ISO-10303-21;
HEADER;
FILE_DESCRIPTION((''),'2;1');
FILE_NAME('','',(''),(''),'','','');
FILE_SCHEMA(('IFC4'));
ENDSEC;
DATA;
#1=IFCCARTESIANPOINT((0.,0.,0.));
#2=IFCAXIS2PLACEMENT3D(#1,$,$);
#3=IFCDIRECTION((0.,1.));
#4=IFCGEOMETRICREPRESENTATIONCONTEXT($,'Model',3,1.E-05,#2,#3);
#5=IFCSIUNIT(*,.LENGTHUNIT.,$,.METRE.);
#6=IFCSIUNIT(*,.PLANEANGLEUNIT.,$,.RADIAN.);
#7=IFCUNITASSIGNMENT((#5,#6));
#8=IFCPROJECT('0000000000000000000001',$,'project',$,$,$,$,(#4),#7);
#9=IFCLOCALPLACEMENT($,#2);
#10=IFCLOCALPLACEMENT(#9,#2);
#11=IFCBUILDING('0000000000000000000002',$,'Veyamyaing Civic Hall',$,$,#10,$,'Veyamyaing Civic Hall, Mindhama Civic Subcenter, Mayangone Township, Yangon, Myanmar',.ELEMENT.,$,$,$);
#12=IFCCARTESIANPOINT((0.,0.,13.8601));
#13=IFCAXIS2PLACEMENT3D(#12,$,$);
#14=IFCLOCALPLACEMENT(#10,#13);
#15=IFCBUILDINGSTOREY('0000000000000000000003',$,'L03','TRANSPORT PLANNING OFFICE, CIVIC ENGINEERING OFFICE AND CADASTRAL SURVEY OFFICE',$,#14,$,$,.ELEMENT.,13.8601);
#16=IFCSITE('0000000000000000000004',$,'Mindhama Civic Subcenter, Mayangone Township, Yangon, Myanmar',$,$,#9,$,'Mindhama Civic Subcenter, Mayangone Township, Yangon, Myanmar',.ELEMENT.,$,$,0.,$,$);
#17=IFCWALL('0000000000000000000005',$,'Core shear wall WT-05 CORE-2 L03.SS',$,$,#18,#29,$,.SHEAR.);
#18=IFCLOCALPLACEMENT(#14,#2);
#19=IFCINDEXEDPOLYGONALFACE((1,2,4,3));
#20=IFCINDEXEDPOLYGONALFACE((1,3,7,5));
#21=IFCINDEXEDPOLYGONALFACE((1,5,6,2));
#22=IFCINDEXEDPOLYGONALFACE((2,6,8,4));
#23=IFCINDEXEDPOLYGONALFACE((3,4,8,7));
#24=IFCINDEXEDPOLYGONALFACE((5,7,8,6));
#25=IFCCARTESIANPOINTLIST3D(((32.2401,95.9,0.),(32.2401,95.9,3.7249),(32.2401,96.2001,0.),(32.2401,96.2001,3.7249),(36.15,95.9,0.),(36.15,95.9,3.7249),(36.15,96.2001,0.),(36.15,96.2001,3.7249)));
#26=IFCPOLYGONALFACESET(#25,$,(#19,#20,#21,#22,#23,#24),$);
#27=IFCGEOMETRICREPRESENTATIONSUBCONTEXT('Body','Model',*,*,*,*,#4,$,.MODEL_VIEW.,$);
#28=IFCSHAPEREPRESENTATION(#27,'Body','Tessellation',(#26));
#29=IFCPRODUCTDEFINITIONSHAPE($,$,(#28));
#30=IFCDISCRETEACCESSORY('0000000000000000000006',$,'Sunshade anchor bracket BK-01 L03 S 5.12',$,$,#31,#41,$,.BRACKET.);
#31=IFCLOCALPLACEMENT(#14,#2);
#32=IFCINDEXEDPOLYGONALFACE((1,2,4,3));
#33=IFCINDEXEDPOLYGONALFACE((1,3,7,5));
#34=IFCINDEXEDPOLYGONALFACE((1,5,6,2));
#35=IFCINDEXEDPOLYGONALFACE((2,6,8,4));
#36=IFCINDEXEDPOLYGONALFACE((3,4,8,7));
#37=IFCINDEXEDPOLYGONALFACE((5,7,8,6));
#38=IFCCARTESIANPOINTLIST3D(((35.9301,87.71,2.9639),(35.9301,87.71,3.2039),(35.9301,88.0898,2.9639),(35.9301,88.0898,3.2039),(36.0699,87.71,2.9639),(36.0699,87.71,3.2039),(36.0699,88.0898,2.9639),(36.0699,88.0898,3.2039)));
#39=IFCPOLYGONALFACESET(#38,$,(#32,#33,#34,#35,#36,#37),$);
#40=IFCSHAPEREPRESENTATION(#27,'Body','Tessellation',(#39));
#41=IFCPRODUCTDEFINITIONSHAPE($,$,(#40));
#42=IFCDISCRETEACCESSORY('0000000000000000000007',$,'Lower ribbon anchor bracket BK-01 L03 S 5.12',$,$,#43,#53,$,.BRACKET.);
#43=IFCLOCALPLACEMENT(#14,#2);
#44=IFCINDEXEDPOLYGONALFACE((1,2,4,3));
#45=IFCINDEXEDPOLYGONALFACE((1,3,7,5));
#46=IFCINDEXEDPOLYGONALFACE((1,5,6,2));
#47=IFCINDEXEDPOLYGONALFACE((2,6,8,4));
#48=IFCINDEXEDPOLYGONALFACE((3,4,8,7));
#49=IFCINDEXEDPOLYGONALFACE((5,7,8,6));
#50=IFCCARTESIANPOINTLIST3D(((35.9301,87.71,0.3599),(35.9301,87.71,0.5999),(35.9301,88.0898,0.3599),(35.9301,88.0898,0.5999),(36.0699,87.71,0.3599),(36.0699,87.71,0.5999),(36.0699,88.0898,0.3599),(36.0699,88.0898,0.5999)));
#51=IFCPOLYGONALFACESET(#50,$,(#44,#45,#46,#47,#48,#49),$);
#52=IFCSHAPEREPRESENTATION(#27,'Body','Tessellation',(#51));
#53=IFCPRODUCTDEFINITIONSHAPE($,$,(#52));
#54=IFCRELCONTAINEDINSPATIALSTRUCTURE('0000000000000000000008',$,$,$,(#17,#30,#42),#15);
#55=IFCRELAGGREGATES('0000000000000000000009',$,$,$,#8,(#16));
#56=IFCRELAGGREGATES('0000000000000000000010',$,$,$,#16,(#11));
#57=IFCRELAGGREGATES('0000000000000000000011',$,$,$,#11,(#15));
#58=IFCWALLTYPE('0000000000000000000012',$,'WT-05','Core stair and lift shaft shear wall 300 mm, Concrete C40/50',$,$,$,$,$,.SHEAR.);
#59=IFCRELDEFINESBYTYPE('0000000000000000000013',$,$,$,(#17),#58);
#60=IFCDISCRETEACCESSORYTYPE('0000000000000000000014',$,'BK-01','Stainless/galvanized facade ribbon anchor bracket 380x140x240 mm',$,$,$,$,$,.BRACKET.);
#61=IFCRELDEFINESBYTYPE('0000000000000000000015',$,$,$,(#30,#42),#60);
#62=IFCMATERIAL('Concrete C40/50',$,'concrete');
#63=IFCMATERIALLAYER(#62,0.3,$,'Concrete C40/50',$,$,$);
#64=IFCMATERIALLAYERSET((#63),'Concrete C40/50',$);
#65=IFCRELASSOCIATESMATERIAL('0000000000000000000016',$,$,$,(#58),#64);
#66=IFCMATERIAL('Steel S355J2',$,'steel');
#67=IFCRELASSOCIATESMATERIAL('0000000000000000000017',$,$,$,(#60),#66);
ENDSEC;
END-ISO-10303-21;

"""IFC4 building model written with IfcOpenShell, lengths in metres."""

from ifc_helpers import new_model, si_unit, direction, frame, frame_2d, origin, origin_2d, place, context, subcontext, project, spatial, rectangle, extrude, material, layer, layer_set, type_object, element, save


model = new_model("IFC4")

# Units and contexts
model_context = context("Model", 3, precision=1e-05, world=origin(), true_north=direction((0.0, 1.0)))
body_context = subcontext(model_context, "Body", "Model", "MODEL_VIEW")
ifc_project = project(units=[si_unit("LENGTHUNIT", "METRE"), si_unit("PLANEANGLEUNIT", "RADIAN")], contexts=[model_context])

# Site, building, storey
site_placement = place(None, origin())
site = spatial("IfcSite", under=ifc_project, at=site_placement, Name="Mindhama Civic Subcenter, Mayangone Township, Yangon, Myanmar", LongName="Mindhama Civic Subcenter, Mayangone Township, Yangon, Myanmar", CompositionType="ELEMENT", RefElevation=0.0)
building_placement = place(site_placement, origin())
building = spatial("IfcBuilding", under=site, at=building_placement, Name="Veyamyaing Civic Hall", LongName="Veyamyaing Civic Hall, Mindhama Civic Subcenter, Mayangone Township, Yangon, Myanmar", CompositionType="ELEMENT")
storey_placement = place(building_placement, frame((0.0, 0.0, 13.8601)))
storey = spatial("IfcBuildingStorey", under=building, at=storey_placement, Name="L03", Description="TRANSPORT PLANNING OFFICE, CIVIC ENGINEERING OFFICE AND CADASTRAL SURVEY OFFICE", CompositionType="ELEMENT", Elevation=13.8601)

# Wall
ifc_material_1 = material(Name="Concrete C40/50", Category="concrete")
ifc_layer_1 = layer(ifc_material_1, 0.3, Name="Concrete C40/50")
ifc_layer_set_1 = layer_set([ifc_layer_1], Name="Concrete C40/50")
wall_type_1 = type_object("IfcWallType", Name="WT-05", Description="Core stair and lift shaft shear wall 300 mm, Concrete C40/50", PredefinedType="SHEAR", material=ifc_layer_set_1)
wall_1_placement = place(storey_placement, frame((32.24, 96.05, 0.0), z_axis=(0.0, 0.0, 1.0), x_axis=(1.0, 0.0, 0.0)))
element("IfcWall", 1, at=wall_1_placement, inside=storey, type_object=wall_type_1, Name="Core shear wall WT-05 CORE-2 L03.SS", PredefinedType="SHEAR", context=body_context, shape_type="SweptSolid", body=[
    extrude(rectangle(XDim=3.9099, YDim=0.3, at=frame_2d((1.9551, 0.0))), origin(), (0.0, 0.0, 1.0), 3.7249),
])

# Discrete accessories
ifc_material_2 = material(Name="Steel S355J2", Category="steel")
discrete_accessory_type = type_object("IfcDiscreteAccessoryType", Name="BK-01", Description="Stainless/galvanized facade ribbon anchor bracket 380x140x240 mm", PredefinedType="BRACKET", material=ifc_material_2)
for number, where, z_axis, x_axis, name in (
    (2, (36.0, 87.8999, 2.9639), (0.0, 0.0, 1.0), (0.0, -1.0, 0.0), "Sunshade anchor bracket BK-01 L03 S 5.12"),
    (3, (36.0, 87.8999, 0.3599), (0.0, 0.0, 1.0), (0.0, -1.0, 0.0), "Lower ribbon anchor bracket BK-01 L03 S 5.12"),
):
    element("IfcDiscreteAccessory", number, at=place(storey_placement, frame(where, z_axis=z_axis, x_axis=x_axis)), inside=storey, type_object=discrete_accessory_type, Name=name, PredefinedType="BRACKET", context=body_context, shape_type="SweptSolid", body=[
        extrude(rectangle(XDim=0.3799, YDim=0.1399, at=origin_2d()), origin(), (0.0, 0.0, 1.0), 0.24),
    ])

save(model, "model.ifc")
